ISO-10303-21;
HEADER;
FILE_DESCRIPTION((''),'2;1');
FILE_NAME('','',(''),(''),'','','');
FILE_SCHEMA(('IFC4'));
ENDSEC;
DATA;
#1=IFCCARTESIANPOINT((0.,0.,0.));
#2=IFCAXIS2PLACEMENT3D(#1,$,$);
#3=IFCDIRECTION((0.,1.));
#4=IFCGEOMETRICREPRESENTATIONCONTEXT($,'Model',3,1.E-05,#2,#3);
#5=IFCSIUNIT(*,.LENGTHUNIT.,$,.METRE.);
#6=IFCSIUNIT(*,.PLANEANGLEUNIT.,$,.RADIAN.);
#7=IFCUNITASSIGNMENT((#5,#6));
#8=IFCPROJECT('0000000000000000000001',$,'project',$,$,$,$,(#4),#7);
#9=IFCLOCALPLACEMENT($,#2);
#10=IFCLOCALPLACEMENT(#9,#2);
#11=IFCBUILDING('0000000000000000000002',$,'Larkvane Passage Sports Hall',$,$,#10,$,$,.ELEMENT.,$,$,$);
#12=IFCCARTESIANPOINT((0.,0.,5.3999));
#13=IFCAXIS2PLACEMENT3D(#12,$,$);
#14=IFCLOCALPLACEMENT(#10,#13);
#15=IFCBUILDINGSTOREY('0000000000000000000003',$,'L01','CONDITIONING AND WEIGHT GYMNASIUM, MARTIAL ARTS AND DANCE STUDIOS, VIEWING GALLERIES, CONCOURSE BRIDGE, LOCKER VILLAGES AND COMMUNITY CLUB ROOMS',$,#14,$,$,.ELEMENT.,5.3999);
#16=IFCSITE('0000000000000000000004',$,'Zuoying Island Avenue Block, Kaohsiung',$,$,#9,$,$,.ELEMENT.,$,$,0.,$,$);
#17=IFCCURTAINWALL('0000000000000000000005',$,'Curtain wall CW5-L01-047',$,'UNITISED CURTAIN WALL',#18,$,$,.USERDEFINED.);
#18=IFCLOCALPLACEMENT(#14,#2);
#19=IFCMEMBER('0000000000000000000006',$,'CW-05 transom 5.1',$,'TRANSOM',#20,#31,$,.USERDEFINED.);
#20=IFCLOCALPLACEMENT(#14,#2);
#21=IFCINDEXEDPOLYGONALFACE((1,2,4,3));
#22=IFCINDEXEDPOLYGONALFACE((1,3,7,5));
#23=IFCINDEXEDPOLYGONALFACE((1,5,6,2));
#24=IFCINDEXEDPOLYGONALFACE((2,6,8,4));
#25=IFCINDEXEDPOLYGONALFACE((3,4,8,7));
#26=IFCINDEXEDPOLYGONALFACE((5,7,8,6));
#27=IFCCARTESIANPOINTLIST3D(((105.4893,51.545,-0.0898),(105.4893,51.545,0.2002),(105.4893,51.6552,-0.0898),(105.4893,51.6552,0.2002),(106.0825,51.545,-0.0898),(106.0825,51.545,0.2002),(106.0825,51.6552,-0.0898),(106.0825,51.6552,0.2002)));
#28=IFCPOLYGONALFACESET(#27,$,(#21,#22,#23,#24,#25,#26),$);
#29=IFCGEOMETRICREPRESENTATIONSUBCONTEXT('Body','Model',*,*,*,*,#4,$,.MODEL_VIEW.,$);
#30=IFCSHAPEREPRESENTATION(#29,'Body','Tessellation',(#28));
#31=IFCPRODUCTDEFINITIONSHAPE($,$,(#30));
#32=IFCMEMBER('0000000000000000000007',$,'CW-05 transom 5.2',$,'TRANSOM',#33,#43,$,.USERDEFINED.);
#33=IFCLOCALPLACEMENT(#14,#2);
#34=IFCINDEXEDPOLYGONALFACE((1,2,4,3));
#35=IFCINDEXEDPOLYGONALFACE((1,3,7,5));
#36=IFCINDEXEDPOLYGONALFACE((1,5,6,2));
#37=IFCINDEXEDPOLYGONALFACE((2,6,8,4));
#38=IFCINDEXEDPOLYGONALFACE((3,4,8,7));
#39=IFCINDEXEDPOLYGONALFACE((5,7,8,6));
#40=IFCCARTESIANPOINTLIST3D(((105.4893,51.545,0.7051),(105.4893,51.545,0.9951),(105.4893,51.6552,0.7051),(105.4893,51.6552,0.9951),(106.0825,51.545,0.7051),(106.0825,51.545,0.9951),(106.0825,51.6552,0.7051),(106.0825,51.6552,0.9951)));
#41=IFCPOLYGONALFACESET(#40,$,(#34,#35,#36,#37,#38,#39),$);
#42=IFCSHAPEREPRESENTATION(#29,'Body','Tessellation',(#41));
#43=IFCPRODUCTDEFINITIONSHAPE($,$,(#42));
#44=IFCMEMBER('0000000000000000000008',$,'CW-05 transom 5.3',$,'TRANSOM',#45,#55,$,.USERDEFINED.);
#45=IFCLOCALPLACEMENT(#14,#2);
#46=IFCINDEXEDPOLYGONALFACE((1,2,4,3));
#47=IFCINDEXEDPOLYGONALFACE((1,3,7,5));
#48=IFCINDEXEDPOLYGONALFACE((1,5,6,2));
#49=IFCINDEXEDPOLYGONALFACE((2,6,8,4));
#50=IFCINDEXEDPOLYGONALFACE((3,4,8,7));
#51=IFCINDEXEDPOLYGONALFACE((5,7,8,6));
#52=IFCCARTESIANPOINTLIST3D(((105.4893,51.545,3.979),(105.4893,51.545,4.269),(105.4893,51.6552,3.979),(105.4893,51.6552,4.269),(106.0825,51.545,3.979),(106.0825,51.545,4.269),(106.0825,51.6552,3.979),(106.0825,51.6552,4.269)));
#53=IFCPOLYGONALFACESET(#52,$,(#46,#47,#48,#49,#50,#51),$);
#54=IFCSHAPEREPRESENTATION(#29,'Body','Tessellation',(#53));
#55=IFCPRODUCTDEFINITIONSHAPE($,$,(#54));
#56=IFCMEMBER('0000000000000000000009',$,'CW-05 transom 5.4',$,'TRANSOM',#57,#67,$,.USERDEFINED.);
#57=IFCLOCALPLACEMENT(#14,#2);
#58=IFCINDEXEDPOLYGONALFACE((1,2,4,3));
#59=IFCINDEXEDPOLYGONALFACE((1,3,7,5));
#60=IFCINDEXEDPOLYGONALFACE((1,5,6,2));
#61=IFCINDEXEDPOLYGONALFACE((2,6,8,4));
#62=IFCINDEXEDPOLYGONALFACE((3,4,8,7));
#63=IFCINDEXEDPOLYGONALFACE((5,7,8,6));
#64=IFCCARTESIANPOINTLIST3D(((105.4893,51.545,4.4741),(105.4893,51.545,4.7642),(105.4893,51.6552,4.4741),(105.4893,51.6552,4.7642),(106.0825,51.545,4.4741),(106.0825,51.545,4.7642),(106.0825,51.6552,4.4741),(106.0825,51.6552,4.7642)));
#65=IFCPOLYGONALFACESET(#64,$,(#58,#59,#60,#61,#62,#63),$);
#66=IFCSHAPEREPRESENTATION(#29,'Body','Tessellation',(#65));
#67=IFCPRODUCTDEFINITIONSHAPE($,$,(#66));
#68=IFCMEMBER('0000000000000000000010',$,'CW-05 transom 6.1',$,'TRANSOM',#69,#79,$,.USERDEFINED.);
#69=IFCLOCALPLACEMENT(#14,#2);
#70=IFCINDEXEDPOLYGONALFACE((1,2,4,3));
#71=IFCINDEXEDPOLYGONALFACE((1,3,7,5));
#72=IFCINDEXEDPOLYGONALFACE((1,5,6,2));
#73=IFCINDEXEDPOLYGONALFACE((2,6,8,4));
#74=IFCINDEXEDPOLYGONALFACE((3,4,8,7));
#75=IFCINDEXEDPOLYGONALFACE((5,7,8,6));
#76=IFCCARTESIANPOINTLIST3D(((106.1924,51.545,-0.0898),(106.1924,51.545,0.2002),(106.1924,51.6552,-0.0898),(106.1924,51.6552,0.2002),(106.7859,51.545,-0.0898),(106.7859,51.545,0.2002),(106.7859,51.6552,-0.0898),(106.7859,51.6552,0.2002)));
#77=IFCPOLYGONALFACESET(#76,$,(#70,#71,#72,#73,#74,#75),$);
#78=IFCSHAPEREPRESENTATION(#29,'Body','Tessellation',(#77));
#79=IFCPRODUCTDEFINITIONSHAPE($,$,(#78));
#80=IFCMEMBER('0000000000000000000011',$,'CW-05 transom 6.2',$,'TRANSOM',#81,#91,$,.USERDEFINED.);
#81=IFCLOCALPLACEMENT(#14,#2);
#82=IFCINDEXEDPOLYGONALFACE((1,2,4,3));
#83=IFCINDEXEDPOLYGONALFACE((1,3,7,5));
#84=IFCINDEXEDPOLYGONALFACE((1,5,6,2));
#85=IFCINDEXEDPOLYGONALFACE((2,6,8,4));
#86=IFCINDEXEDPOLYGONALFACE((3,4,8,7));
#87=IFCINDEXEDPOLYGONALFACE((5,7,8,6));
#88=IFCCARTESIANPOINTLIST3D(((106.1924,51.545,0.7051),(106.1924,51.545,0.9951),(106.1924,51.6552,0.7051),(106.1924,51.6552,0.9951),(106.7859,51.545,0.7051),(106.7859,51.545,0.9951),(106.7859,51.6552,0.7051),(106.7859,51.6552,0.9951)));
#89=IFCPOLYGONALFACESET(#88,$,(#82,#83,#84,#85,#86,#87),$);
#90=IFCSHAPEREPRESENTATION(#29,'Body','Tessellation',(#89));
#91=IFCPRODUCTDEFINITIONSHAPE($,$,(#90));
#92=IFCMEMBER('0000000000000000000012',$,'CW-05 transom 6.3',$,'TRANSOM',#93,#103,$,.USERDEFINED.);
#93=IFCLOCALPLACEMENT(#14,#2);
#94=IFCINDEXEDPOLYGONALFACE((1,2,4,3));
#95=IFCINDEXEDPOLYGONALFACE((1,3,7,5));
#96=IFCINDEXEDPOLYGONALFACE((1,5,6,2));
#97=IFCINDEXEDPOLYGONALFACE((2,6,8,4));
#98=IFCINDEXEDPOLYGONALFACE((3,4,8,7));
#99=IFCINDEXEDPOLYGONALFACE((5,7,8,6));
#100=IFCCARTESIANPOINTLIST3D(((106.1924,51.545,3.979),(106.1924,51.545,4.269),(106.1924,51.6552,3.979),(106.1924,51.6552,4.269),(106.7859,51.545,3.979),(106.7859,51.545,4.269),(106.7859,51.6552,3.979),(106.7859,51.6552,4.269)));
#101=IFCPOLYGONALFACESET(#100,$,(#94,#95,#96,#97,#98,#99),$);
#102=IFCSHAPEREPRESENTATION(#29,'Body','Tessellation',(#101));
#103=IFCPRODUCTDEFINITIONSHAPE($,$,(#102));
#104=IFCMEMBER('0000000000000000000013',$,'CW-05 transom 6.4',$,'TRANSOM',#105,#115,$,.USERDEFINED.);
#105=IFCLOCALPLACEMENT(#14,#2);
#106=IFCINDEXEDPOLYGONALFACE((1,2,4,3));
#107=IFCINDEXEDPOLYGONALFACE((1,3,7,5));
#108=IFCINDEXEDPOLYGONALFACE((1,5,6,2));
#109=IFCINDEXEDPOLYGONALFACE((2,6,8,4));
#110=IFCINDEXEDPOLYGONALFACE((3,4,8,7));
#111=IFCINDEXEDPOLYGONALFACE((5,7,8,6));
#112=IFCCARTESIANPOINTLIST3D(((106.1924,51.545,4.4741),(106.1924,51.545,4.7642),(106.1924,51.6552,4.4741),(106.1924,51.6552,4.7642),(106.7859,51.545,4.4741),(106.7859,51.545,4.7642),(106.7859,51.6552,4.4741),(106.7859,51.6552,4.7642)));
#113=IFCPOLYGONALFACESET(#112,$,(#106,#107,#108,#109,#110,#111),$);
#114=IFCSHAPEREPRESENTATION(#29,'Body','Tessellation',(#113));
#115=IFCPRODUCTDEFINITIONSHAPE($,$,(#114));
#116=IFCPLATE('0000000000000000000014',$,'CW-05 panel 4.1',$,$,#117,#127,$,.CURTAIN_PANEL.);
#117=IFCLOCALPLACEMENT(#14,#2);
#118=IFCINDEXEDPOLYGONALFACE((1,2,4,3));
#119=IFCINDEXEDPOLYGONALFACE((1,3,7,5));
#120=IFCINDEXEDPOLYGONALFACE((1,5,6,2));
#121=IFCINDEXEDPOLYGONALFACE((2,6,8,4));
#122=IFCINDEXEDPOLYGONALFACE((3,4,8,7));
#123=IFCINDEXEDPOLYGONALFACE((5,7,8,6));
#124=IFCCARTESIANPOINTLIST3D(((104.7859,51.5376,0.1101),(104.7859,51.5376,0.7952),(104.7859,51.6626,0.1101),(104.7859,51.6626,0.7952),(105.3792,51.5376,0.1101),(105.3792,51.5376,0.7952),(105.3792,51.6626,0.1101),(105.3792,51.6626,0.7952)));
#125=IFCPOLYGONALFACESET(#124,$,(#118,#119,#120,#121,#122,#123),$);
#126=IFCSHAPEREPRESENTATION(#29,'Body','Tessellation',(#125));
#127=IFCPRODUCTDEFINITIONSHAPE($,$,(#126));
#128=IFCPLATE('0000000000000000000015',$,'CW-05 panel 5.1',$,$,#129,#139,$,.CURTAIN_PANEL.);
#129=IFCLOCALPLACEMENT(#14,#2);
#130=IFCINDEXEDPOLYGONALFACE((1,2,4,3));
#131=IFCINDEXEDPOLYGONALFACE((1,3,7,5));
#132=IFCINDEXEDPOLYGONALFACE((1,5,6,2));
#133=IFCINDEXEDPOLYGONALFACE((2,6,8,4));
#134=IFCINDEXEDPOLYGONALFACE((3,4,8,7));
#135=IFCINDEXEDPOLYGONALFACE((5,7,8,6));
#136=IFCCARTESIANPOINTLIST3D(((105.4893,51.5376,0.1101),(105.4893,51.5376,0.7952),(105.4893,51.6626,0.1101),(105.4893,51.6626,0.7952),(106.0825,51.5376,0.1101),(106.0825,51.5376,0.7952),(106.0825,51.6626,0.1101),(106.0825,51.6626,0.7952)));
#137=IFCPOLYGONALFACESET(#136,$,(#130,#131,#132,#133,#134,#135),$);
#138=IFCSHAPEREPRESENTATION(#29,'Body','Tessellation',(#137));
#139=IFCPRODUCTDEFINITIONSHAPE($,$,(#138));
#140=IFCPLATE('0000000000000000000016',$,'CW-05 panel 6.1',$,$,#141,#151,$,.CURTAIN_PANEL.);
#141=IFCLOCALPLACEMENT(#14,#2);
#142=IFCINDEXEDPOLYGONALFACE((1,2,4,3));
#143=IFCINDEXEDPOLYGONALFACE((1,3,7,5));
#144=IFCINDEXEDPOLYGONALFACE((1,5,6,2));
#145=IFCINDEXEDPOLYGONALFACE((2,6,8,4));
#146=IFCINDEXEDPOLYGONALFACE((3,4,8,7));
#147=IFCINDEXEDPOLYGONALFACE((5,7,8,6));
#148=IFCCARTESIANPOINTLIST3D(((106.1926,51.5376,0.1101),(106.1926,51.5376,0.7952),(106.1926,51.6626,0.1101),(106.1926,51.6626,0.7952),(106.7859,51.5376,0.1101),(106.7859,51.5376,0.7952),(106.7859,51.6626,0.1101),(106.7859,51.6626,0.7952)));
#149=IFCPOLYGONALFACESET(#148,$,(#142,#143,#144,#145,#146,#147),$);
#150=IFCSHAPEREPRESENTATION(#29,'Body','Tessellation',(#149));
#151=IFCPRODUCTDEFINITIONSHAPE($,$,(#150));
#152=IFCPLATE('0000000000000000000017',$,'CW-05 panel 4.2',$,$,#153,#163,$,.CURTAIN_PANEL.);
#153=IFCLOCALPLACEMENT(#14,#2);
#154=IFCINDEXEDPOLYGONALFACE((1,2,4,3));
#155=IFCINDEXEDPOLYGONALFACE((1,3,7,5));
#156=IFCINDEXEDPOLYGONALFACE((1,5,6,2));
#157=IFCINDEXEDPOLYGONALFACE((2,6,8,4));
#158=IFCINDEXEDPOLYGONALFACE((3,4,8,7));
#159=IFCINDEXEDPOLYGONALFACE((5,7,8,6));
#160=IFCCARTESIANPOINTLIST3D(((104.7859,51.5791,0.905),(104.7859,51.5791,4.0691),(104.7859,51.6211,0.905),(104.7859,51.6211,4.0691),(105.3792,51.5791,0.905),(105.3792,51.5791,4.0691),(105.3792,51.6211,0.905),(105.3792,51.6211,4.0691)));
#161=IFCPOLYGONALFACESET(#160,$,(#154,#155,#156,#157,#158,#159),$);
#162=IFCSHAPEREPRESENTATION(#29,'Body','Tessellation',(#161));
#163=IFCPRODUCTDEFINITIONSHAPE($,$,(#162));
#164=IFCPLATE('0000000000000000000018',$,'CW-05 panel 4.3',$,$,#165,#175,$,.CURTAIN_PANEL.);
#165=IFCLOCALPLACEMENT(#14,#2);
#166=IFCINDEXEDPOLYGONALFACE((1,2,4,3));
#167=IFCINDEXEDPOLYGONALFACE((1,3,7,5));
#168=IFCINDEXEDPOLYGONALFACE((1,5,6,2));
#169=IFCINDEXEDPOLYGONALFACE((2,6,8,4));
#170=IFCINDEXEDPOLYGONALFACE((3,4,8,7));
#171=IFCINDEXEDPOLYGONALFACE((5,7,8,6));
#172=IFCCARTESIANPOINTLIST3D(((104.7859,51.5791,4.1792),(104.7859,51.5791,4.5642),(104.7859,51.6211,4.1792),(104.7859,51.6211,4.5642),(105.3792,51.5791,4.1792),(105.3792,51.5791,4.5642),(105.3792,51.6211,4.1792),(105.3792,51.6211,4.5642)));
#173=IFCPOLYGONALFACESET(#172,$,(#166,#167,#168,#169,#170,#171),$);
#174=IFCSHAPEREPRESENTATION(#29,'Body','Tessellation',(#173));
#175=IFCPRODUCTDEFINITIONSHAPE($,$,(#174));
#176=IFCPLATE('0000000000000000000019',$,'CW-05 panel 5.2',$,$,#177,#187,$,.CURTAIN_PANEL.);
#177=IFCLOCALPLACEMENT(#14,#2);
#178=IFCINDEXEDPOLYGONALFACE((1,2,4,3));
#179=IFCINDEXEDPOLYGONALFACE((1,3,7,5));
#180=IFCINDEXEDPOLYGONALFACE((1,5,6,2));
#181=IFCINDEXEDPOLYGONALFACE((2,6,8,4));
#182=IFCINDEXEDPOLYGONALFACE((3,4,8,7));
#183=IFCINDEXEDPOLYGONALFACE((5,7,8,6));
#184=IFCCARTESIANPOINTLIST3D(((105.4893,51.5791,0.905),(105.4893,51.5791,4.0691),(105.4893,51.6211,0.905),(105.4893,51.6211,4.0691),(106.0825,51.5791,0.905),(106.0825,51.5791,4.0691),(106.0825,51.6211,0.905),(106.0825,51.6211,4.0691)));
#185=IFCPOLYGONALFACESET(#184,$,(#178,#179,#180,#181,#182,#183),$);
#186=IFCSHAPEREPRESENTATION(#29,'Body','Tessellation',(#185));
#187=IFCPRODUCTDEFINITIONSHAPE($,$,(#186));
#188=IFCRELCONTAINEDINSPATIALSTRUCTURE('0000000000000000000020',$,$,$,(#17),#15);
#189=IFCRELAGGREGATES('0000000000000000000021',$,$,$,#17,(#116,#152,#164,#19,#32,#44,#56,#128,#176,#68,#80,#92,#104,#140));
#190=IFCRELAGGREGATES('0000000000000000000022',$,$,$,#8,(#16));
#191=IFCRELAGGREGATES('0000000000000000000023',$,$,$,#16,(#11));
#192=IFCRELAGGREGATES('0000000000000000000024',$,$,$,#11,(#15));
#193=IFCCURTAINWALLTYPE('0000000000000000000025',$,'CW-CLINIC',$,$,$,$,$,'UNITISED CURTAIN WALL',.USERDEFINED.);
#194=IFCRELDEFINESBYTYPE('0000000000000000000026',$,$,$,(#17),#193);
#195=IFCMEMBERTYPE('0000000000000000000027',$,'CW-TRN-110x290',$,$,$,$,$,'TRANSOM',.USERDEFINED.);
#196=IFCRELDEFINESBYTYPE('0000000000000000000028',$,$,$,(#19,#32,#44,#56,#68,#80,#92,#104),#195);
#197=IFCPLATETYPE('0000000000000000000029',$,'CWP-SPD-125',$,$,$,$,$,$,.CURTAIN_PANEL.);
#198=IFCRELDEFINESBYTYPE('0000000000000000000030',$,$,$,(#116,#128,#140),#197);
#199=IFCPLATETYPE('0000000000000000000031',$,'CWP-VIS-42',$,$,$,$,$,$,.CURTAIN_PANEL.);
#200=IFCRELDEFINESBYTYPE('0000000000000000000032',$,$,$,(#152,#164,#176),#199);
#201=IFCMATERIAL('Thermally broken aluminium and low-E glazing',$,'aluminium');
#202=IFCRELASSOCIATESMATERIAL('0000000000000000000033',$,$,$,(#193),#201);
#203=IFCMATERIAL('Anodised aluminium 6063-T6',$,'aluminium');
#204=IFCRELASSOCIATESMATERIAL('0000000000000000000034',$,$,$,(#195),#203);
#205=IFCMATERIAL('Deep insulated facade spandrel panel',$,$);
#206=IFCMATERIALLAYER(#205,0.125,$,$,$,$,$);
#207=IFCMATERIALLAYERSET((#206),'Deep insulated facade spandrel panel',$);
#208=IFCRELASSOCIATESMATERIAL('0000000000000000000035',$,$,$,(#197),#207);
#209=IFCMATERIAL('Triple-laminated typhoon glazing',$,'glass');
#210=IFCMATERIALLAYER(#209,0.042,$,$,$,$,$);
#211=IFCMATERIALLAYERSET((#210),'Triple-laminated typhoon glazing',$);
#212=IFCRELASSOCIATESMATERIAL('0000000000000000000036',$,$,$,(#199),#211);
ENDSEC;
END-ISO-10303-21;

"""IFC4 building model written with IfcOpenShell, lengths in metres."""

from ifc_helpers import new_model, si_unit, direction, frame, origin, origin_2d, place, context, subcontext, project, spatial, rectangle, extrude, material, layer, layer_set, material_profile, profile_set, type_object, element, aggregate, save


model = new_model("IFC4")

# Units and contexts
model_context = context("Model", 3, precision=1e-05, world=origin(), true_north=direction((0.0, 1.0)))
body_context = subcontext(model_context, "Body", "Model", "MODEL_VIEW")
ifc_project = project(units=[si_unit("LENGTHUNIT", "METRE"), si_unit("PLANEANGLEUNIT", "RADIAN")], contexts=[model_context])

# Site, building, storey
site_placement = place(None, origin())
site = spatial("IfcSite", under=ifc_project, at=site_placement, Name="Zuoying Island Avenue Block, Kaohsiung", CompositionType="ELEMENT", RefElevation=0.0)
building_placement = place(site_placement, origin())
building = spatial("IfcBuilding", under=site, at=building_placement, Name="Larkvane Passage Sports Hall", CompositionType="ELEMENT")
storey_placement = place(building_placement, frame((0.0, 0.0, 5.3999)))
storey = spatial("IfcBuildingStorey", under=building, at=storey_placement, Name="L01", Description="CONDITIONING AND WEIGHT GYMNASIUM, MARTIAL ARTS AND DANCE STUDIOS, VIEWING GALLERIES, CONCOURSE BRIDGE, LOCKER VILLAGES AND COMMUNITY CLUB ROOMS", CompositionType="ELEMENT", Elevation=5.3999)

# Curtain wall, members, plates
ifc_material_1 = material(Name="Thermally broken aluminium and low-E glazing", Category="aluminium")
curtain_wall_type = type_object("IfcCurtainWallType", Name="CW-CLINIC", ElementType="UNITISED CURTAIN WALL", PredefinedType="USERDEFINED", material=ifc_material_1)
curtain_wall_placement = place(storey_placement, origin())
curtain_wall = element("IfcCurtainWall", 1, at=curtain_wall_placement, inside=storey, type_object=curtain_wall_type, Name="Curtain wall CW5-L01-047", ObjectType="UNITISED CURTAIN WALL", PredefinedType="USERDEFINED")
ifc_material_2 = material(Name="Anodised aluminium 6063-T6", Category="aluminium")
ifc_material_profile_1 = material_profile(ifc_material_2, rectangle(XDim=0.1101, YDim=0.29, at=origin_2d()), Name="ALU-TRN-110x290")
ifc_profile_set_1 = profile_set([ifc_material_profile_1], Name="Anodised aluminium 6063-T6")
member_type_1 = type_object("IfcMemberType", Name="CW-TRN-110x290", ElementType="TRANSOM", PredefinedType="USERDEFINED", material=ifc_profile_set_1)
member_1_placement = place(storey_placement, frame((105.4893, 51.6001, 0.0552), z_axis=(1.0, 0.0, 0.0), x_axis=(0.0, 1.0, 0.0)))
member_1 = element("IfcMember", 2, at=member_1_placement, type_object=member_type_1, Name="CW-05 transom 5.1", ObjectType="TRANSOM", PredefinedType="USERDEFINED", context=body_context, shape_type="SweptSolid", body=[
    extrude(rectangle(XDim=0.1101, YDim=0.29, at=origin_2d()), origin(), (0.0, 0.0, 1.0), 0.5933),
])
member_2_placement = place(storey_placement, frame((105.4893, 51.6001, 0.8501), z_axis=(1.0, 0.0, 0.0), x_axis=(0.0, 1.0, 0.0)))
member_2 = element("IfcMember", 3, at=member_2_placement, type_object=member_type_1, Name="CW-05 transom 5.2", ObjectType="TRANSOM", PredefinedType="USERDEFINED", context=body_context, shape_type="SweptSolid", body=[
    extrude(rectangle(XDim=0.1101, YDim=0.29, at=origin_2d()), origin(), (0.0, 0.0, 1.0), 0.5933),
])
member_3_placement = place(storey_placement, frame((105.4893, 51.6001, 4.124), z_axis=(1.0, 0.0, 0.0), x_axis=(0.0, 1.0, 0.0)))
member_3 = element("IfcMember", 4, at=member_3_placement, type_object=member_type_1, Name="CW-05 transom 5.3", ObjectType="TRANSOM", PredefinedType="USERDEFINED", context=body_context, shape_type="SweptSolid", body=[
    extrude(rectangle(XDim=0.1101, YDim=0.29, at=origin_2d()), origin(), (0.0, 0.0, 1.0), 0.5933),
])
member_4_placement = place(storey_placement, frame((105.4893, 51.6001, 4.6191), z_axis=(1.0, 0.0, 0.0), x_axis=(0.0, 1.0, 0.0)))
member_4 = element("IfcMember", 5, at=member_4_placement, type_object=member_type_1, Name="CW-05 transom 5.4", ObjectType="TRANSOM", PredefinedType="USERDEFINED", context=body_context, shape_type="SweptSolid", body=[
    extrude(rectangle(XDim=0.1101, YDim=0.29, at=origin_2d()), origin(), (0.0, 0.0, 1.0), 0.5933),
])
member_5_placement = place(storey_placement, frame((106.1924, 51.6001, 0.0552), z_axis=(1.0, 0.0, 0.0), x_axis=(0.0, 1.0, 0.0)))
member_5 = element("IfcMember", 6, at=member_5_placement, type_object=member_type_1, Name="CW-05 transom 6.1", ObjectType="TRANSOM", PredefinedType="USERDEFINED", context=body_context, shape_type="SweptSolid", body=[
    extrude(rectangle(XDim=0.1101, YDim=0.29, at=origin_2d()), origin(), (0.0, 0.0, 1.0), 0.5935),
])
member_6_placement = place(storey_placement, frame((106.1924, 51.6001, 0.8501), z_axis=(1.0, 0.0, 0.0), x_axis=(0.0, 1.0, 0.0)))
member_6 = element("IfcMember", 7, at=member_6_placement, type_object=member_type_1, Name="CW-05 transom 6.2", ObjectType="TRANSOM", PredefinedType="USERDEFINED", context=body_context, shape_type="SweptSolid", body=[
    extrude(rectangle(XDim=0.1101, YDim=0.29, at=origin_2d()), origin(), (0.0, 0.0, 1.0), 0.5935),
])
member_7_placement = place(storey_placement, frame((106.1924, 51.6001, 4.124), z_axis=(1.0, 0.0, 0.0), x_axis=(0.0, 1.0, 0.0)))
member_7 = element("IfcMember", 8, at=member_7_placement, type_object=member_type_1, Name="CW-05 transom 6.3", ObjectType="TRANSOM", PredefinedType="USERDEFINED", context=body_context, shape_type="SweptSolid", body=[
    extrude(rectangle(XDim=0.1101, YDim=0.29, at=origin_2d()), origin(), (0.0, 0.0, 1.0), 0.5935),
])
member_8_placement = place(storey_placement, frame((106.1924, 51.6001, 4.6191), z_axis=(1.0, 0.0, 0.0), x_axis=(0.0, 1.0, 0.0)))
member_8 = element("IfcMember", 9, at=member_8_placement, type_object=member_type_1, Name="CW-05 transom 6.4", ObjectType="TRANSOM", PredefinedType="USERDEFINED", context=body_context, shape_type="SweptSolid", body=[
    extrude(rectangle(XDim=0.1101, YDim=0.29, at=origin_2d()), origin(), (0.0, 0.0, 1.0), 0.5935),
])
ifc_material_3 = material(Name="Deep insulated facade spandrel panel")
ifc_layer_1 = layer(ifc_material_3, 0.125)
ifc_layer_set_1 = layer_set([ifc_layer_1], Name="Deep insulated facade spandrel panel")
plate_type_1 = type_object("IfcPlateType", Name="CWP-SPD-125", PredefinedType="CURTAIN_PANEL", material=ifc_layer_set_1)
plate_1_placement = place(storey_placement, frame((105.0825, 51.6001, 0.1101), z_axis=(0.0, 0.0, 1.0), x_axis=(1.0, 0.0, 0.0)))
plate_1 = element("IfcPlate", 10, at=plate_1_placement, type_object=plate_type_1, Name="CW-05 panel 4.1", PredefinedType="CURTAIN_PANEL", context=body_context, shape_type="SweptSolid", body=[
    extrude(rectangle(XDim=0.5933, YDim=0.125, at=origin_2d()), origin(), (0.0, 0.0, 1.0), 0.6851),
])
plate_2_placement = place(storey_placement, frame((105.7859, 51.6001, 0.1101), z_axis=(0.0, 0.0, 1.0), x_axis=(1.0, 0.0, 0.0)))
plate_2 = element("IfcPlate", 11, at=plate_2_placement, type_object=plate_type_1, Name="CW-05 panel 5.1", PredefinedType="CURTAIN_PANEL", context=body_context, shape_type="SweptSolid", body=[
    extrude(rectangle(XDim=0.5933, YDim=0.125, at=origin_2d()), origin(), (0.0, 0.0, 1.0), 0.6851),
])
plate_3_placement = place(storey_placement, frame((106.4893, 51.6001, 0.1101), z_axis=(0.0, 0.0, 1.0), x_axis=(1.0, 0.0, 0.0)))
plate_3 = element("IfcPlate", 12, at=plate_3_placement, type_object=plate_type_1, Name="CW-05 panel 6.1", PredefinedType="CURTAIN_PANEL", context=body_context, shape_type="SweptSolid", body=[
    extrude(rectangle(XDim=0.5933, YDim=0.125, at=origin_2d()), origin(), (0.0, 0.0, 1.0), 0.6851),
])
ifc_material_4 = material(Name="Triple-laminated typhoon glazing", Category="glass")
ifc_layer_2 = layer(ifc_material_4, 0.042)
ifc_layer_set_2 = layer_set([ifc_layer_2], Name="Triple-laminated typhoon glazing")
plate_type_2 = type_object("IfcPlateType", Name="CWP-VIS-42", PredefinedType="CURTAIN_PANEL", material=ifc_layer_set_2)
plate_4_placement = place(storey_placement, frame((105.0825, 51.6001, 0.905), z_axis=(0.0, 0.0, 1.0), x_axis=(1.0, 0.0, 0.0)))
plate_4 = element("IfcPlate", 13, at=plate_4_placement, type_object=plate_type_2, Name="CW-05 panel 4.2", PredefinedType="CURTAIN_PANEL", context=body_context, shape_type="SweptSolid", body=[
    extrude(rectangle(XDim=0.5933, YDim=0.042, at=origin_2d()), origin(), (0.0, 0.0, 1.0), 3.1641),
])
plate_5_placement = place(storey_placement, frame((105.0825, 51.6001, 4.1792), z_axis=(0.0, 0.0, 1.0), x_axis=(1.0, 0.0, 0.0)))
plate_5 = element("IfcPlate", 14, at=plate_5_placement, type_object=plate_type_2, Name="CW-05 panel 4.3", PredefinedType="CURTAIN_PANEL", context=body_context, shape_type="SweptSolid", body=[
    extrude(rectangle(XDim=0.5933, YDim=0.042, at=origin_2d()), origin(), (0.0, 0.0, 1.0), 0.385),
])
plate_6_placement = place(storey_placement, frame((105.7859, 51.6001, 0.905), z_axis=(0.0, 0.0, 1.0), x_axis=(1.0, 0.0, 0.0)))
plate_6 = element("IfcPlate", 15, at=plate_6_placement, type_object=plate_type_2, Name="CW-05 panel 5.2", PredefinedType="CURTAIN_PANEL", context=body_context, shape_type="SweptSolid", body=[
    extrude(rectangle(XDim=0.5933, YDim=0.042, at=origin_2d()), origin(), (0.0, 0.0, 1.0), 3.1641),
])
aggregate(curtain_wall, [plate_1, plate_4, plate_5, member_1, member_2, member_3, member_4, plate_2, plate_6, member_5, member_6, member_7, member_8, plate_3])

save(model, "model.ifc")
